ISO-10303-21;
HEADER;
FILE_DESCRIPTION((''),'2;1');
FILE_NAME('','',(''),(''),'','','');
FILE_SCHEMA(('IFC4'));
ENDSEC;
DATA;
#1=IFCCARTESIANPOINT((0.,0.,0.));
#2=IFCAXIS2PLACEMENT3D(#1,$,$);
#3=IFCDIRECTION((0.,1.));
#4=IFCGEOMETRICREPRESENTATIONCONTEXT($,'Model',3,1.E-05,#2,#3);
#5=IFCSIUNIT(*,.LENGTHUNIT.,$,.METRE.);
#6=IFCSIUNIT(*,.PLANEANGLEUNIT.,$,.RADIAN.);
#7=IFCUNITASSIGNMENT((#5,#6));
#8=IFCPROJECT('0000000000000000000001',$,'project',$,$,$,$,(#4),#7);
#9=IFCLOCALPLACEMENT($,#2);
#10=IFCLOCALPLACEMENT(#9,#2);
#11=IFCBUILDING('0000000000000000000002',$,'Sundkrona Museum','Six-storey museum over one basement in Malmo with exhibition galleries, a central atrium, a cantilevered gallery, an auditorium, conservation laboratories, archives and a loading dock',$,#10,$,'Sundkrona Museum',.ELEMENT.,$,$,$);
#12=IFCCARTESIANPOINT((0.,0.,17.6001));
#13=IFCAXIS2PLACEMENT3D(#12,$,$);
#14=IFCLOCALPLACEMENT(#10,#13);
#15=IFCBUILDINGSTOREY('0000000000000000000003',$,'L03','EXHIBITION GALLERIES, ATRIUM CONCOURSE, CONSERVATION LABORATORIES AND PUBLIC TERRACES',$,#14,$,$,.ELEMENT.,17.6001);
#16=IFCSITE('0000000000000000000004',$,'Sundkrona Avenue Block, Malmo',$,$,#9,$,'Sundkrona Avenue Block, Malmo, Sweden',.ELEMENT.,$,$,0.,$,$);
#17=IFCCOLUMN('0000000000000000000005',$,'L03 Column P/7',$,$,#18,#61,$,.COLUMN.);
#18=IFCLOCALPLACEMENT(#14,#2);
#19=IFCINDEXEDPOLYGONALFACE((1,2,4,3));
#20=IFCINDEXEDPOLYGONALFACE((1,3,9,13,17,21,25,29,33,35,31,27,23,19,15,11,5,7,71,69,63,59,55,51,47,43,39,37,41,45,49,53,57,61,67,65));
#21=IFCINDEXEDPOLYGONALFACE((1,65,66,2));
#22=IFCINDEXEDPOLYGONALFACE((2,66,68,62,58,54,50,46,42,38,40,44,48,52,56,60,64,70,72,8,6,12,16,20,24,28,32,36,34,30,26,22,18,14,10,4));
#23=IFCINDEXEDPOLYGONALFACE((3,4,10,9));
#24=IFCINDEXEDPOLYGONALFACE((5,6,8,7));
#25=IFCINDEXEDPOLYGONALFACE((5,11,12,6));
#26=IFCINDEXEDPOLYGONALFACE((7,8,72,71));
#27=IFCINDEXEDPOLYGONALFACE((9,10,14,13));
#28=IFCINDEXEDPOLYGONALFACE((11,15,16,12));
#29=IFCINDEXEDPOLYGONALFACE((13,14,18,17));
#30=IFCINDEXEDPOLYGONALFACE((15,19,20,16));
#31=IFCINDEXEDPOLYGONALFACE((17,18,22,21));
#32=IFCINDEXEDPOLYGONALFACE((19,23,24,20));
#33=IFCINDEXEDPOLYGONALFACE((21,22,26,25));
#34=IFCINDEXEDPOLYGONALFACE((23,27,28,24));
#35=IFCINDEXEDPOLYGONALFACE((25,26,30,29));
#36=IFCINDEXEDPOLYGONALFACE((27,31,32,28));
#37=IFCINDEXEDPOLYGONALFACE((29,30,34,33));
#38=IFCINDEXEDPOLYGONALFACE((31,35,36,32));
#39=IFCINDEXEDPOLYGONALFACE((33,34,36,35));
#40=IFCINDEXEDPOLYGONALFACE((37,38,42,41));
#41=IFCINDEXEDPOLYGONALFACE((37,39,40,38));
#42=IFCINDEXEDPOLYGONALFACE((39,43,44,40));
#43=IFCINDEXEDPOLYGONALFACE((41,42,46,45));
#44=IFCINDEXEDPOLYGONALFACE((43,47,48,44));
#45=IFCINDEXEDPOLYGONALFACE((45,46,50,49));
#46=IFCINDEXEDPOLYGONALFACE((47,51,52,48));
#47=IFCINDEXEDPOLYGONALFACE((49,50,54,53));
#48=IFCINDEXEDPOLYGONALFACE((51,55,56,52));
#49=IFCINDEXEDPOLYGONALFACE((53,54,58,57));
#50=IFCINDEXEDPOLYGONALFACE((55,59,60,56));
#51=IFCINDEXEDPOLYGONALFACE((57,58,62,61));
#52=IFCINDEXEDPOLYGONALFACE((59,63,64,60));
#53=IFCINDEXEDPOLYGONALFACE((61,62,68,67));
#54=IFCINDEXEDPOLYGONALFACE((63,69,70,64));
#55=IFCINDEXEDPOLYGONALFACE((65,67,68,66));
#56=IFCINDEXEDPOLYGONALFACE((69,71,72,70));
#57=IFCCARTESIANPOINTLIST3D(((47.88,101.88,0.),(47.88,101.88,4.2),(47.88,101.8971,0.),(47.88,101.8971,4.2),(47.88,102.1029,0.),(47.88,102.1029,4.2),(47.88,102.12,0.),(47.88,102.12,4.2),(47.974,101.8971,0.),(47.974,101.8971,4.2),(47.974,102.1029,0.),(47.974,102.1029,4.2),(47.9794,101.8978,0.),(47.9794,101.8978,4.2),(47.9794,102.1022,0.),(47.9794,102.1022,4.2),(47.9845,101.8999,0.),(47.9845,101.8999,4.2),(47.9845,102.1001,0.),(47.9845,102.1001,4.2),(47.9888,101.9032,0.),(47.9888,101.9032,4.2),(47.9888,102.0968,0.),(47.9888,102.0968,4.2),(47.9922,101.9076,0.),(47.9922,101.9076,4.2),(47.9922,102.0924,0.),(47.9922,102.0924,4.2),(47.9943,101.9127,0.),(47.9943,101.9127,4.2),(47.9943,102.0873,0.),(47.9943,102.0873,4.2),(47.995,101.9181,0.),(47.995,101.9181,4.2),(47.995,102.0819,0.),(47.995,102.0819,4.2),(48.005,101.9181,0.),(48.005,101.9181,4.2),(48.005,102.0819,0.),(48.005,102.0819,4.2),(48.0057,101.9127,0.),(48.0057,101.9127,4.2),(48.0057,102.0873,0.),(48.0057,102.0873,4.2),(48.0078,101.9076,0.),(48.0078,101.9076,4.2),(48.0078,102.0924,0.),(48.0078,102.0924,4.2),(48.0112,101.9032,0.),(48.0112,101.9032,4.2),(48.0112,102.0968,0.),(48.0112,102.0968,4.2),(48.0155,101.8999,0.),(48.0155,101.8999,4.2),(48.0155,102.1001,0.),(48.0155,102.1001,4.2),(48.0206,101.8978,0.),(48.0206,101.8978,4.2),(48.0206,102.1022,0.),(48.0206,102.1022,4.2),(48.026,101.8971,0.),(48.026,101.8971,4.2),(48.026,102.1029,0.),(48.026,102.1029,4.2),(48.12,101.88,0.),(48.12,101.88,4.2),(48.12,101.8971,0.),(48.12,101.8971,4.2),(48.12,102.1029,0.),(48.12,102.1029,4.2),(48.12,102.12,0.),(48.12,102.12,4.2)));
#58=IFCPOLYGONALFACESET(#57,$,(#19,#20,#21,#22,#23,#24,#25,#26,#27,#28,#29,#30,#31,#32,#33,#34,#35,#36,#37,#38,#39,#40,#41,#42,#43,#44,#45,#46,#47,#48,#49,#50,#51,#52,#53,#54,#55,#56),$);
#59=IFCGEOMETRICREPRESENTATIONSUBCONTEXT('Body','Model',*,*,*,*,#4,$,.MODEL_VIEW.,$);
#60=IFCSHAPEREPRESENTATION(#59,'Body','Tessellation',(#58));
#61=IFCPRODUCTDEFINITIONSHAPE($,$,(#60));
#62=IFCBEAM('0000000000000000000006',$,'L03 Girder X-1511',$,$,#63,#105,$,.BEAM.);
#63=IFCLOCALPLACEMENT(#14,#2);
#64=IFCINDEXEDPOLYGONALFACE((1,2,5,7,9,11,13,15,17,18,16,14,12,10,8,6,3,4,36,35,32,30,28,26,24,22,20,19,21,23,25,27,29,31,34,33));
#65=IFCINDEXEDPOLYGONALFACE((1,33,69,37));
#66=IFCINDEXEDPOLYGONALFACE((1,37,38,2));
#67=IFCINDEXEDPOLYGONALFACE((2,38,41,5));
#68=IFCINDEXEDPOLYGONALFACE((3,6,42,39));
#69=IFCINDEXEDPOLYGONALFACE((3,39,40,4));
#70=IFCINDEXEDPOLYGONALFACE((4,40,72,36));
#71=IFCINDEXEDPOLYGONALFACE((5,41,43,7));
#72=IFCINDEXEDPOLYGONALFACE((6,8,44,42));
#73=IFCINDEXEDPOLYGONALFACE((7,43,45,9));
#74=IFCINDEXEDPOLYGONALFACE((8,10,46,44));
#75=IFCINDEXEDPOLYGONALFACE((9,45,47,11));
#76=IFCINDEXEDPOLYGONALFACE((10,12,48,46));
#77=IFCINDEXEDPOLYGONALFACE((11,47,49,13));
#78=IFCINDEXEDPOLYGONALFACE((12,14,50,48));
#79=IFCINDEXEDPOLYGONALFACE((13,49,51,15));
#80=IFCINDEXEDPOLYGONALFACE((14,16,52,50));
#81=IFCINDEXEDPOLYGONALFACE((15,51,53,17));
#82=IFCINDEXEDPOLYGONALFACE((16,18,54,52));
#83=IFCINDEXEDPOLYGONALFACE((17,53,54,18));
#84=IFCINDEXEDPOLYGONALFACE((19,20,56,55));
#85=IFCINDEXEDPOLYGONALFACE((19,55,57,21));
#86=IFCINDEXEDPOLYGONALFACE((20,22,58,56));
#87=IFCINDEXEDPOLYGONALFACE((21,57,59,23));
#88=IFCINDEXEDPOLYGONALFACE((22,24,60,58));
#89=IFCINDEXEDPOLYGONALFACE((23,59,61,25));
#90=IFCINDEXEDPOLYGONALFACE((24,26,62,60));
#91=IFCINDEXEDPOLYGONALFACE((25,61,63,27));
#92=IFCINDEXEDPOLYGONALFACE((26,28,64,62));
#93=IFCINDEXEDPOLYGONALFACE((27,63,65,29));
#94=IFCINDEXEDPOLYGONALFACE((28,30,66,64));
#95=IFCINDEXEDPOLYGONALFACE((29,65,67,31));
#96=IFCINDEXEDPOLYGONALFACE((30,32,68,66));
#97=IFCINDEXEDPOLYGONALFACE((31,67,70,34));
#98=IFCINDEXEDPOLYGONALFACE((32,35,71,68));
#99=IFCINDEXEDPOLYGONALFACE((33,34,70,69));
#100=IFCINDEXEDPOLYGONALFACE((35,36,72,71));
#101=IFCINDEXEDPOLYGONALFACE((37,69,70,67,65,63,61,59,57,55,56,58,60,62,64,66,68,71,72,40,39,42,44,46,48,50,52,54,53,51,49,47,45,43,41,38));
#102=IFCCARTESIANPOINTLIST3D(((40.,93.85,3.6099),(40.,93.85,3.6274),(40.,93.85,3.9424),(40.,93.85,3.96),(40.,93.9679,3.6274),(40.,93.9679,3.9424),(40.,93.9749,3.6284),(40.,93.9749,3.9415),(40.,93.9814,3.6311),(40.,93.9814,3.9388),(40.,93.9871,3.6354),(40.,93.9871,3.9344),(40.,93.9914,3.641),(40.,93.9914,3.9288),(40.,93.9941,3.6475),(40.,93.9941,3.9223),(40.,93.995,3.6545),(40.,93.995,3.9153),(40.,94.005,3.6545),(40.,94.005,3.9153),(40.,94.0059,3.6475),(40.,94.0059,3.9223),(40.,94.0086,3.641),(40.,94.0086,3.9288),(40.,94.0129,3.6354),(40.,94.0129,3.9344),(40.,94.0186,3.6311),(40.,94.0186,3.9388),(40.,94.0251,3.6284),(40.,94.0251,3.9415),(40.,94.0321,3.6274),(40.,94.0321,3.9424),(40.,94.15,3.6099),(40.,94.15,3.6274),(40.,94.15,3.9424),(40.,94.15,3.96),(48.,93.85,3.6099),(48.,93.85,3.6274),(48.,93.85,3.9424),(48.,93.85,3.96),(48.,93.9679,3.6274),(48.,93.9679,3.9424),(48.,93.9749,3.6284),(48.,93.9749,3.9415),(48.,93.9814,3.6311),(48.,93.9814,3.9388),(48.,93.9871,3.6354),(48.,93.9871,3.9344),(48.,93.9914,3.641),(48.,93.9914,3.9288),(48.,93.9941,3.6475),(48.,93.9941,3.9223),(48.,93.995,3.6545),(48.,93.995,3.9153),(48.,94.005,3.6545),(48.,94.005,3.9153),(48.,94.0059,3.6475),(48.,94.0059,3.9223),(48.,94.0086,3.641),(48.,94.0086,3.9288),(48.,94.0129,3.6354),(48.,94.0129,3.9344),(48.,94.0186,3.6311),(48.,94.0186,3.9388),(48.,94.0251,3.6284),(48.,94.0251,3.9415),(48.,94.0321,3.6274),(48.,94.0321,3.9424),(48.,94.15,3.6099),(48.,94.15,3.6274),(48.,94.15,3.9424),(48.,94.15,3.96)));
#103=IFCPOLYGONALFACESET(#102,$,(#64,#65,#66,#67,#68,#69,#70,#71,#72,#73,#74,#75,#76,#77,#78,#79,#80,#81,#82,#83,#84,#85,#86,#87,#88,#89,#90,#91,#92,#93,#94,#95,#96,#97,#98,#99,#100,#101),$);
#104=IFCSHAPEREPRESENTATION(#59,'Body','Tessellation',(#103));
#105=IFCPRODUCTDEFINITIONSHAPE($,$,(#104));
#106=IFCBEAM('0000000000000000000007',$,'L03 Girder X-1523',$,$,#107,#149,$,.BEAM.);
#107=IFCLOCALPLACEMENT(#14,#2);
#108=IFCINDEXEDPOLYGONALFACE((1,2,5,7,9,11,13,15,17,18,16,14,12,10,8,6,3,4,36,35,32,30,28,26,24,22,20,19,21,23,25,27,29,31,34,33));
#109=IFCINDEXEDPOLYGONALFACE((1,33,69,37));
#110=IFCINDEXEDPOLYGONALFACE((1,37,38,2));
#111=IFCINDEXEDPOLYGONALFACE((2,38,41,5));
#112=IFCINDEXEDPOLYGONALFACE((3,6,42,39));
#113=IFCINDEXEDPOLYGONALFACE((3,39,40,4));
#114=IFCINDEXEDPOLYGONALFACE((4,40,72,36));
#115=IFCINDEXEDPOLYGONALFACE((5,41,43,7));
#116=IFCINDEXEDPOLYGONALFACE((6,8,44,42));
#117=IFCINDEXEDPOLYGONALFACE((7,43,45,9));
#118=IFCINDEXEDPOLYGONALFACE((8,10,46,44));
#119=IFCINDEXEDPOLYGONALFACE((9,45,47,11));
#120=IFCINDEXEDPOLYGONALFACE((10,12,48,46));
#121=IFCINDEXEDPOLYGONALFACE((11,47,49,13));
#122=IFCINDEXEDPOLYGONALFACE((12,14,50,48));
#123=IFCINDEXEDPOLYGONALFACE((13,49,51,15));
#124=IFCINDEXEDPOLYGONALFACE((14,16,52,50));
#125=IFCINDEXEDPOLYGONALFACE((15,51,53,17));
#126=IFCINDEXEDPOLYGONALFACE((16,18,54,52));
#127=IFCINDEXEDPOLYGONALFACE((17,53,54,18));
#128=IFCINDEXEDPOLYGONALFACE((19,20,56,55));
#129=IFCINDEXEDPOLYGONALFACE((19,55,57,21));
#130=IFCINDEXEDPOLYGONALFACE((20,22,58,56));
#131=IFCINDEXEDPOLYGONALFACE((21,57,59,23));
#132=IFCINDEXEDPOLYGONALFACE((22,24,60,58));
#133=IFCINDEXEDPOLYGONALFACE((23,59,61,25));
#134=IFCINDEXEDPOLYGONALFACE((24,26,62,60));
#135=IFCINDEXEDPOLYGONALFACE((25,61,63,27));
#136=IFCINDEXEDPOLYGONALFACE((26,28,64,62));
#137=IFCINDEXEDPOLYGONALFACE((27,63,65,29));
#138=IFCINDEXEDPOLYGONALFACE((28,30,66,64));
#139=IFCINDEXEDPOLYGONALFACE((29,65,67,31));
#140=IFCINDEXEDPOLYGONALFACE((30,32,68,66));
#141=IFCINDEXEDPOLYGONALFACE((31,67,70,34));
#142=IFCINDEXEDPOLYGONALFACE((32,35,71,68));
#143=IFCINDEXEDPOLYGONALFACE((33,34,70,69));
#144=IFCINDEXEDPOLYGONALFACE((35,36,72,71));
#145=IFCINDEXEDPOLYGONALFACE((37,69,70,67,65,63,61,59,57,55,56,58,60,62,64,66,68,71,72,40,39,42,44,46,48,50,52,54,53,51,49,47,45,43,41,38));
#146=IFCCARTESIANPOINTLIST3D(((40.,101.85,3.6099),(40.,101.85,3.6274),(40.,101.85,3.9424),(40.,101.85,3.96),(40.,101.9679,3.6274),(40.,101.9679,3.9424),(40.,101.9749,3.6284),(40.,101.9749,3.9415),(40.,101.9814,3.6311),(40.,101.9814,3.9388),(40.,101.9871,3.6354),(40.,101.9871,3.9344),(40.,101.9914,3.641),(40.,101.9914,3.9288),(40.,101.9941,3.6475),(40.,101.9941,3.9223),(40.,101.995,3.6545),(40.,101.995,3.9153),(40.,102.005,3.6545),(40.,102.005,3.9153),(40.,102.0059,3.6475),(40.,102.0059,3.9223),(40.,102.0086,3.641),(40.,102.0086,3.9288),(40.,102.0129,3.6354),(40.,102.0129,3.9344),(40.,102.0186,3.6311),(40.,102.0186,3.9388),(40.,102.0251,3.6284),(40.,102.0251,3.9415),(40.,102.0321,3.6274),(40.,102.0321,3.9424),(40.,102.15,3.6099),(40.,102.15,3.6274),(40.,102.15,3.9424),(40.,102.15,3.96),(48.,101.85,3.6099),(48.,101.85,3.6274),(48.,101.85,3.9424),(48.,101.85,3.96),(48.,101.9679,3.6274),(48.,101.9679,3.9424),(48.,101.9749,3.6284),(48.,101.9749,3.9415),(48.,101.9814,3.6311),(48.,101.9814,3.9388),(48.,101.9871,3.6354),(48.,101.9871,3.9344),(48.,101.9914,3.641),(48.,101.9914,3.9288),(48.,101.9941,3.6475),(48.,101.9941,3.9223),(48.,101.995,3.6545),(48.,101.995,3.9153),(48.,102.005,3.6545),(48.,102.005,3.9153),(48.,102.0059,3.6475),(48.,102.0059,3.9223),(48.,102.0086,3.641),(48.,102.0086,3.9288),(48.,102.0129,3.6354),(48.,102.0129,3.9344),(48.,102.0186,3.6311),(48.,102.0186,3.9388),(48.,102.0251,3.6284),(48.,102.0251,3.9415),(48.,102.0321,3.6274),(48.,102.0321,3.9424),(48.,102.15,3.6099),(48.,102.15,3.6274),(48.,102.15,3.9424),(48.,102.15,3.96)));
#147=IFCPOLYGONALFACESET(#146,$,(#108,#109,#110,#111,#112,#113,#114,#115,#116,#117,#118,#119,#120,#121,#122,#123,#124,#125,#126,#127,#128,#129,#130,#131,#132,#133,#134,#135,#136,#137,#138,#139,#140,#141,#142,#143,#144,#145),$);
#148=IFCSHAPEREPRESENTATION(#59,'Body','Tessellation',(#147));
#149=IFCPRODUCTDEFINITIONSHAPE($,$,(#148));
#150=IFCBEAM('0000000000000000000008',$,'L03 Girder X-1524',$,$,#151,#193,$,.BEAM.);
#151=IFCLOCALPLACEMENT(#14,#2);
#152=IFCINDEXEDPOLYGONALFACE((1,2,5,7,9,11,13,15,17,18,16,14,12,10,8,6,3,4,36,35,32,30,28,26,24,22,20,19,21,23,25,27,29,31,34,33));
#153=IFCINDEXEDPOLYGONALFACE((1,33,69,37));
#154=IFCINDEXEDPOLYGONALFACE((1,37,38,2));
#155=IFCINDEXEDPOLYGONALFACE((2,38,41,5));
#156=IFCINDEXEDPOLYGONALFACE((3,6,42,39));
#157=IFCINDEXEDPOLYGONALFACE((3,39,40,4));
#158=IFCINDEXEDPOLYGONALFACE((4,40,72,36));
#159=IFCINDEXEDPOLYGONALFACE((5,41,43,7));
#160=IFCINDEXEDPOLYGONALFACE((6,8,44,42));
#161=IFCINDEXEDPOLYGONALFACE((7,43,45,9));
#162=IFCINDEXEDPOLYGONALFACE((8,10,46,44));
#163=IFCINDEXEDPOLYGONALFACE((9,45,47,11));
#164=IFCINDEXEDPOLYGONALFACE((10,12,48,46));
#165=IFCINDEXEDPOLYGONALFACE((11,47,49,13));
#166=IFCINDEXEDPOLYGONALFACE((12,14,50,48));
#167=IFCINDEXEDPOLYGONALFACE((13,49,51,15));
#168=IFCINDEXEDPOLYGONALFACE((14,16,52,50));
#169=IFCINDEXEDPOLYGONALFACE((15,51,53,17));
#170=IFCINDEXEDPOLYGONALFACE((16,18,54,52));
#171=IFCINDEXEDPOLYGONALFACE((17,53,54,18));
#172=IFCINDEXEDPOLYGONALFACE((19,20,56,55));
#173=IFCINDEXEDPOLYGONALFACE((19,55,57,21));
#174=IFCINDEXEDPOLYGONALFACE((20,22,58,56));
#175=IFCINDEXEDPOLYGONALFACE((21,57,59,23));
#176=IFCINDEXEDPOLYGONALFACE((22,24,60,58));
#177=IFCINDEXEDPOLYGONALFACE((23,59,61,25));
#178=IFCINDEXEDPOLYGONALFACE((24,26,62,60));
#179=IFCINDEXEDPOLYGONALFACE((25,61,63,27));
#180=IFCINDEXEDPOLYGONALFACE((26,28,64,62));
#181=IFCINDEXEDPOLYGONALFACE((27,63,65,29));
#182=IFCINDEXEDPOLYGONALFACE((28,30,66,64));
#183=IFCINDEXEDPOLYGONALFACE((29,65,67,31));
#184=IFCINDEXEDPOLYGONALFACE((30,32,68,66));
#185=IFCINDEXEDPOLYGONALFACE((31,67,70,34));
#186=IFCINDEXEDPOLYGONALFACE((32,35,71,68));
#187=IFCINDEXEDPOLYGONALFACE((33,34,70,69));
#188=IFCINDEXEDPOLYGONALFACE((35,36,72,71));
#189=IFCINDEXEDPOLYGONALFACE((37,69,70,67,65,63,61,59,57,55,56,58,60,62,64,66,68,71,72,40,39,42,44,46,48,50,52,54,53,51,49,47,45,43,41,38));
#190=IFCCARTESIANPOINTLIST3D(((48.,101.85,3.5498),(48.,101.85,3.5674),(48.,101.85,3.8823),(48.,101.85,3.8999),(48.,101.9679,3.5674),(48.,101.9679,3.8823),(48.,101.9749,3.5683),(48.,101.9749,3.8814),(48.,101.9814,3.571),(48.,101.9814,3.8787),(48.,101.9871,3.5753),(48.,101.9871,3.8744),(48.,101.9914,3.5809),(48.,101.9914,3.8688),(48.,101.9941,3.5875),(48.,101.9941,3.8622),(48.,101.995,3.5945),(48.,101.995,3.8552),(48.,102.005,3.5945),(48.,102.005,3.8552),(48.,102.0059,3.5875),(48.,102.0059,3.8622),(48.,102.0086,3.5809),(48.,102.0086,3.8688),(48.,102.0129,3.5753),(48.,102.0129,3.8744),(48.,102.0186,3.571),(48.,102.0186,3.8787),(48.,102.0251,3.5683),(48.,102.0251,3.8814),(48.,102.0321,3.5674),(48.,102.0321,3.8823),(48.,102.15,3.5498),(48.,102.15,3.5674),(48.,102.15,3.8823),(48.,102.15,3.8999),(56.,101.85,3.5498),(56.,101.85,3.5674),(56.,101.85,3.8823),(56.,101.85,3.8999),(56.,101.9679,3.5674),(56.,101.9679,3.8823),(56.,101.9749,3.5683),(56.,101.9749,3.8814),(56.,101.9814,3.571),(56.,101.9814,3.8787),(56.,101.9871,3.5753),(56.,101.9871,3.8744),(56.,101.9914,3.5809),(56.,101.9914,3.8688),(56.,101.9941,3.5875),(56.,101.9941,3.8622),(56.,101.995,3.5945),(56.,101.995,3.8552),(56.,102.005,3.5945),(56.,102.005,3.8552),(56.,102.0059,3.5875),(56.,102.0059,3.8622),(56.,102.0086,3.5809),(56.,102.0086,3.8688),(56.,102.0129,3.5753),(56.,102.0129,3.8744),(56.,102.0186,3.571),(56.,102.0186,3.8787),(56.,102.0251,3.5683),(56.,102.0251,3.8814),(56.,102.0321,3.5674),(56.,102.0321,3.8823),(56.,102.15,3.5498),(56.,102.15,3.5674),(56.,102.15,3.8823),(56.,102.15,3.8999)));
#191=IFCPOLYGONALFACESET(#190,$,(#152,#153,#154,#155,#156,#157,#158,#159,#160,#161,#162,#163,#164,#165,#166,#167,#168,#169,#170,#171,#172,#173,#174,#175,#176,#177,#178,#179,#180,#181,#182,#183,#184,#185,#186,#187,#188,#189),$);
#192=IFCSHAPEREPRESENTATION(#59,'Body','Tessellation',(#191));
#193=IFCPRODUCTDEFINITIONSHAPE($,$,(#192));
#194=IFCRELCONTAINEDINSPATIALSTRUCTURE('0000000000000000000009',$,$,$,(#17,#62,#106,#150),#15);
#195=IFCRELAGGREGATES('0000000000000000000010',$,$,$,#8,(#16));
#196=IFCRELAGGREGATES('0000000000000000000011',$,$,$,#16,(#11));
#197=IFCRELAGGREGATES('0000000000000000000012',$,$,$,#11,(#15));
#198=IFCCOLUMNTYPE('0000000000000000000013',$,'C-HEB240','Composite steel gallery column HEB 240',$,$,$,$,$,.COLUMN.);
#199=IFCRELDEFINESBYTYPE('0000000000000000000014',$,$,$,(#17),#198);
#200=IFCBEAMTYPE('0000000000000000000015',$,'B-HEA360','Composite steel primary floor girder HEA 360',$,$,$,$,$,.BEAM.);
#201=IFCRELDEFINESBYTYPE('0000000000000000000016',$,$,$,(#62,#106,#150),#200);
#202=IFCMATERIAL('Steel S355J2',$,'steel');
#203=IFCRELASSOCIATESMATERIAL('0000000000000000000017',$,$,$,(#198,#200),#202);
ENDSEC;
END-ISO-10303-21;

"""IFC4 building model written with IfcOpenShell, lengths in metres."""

from ifc_helpers import new_model, si_unit, direction, frame, origin, origin_2d, place, context, subcontext, project, spatial, i_section, extrude, material, material_profile, profile_set, type_object, element, save


model = new_model("IFC4")

# Units and contexts
model_context = context("Model", 3, precision=1e-05, world=origin(), true_north=direction((0.0, 1.0)))
body_context = subcontext(model_context, "Body", "Model", "MODEL_VIEW")
ifc_project = project(units=[si_unit("LENGTHUNIT", "METRE"), si_unit("PLANEANGLEUNIT", "RADIAN")], contexts=[model_context])

# Site, building, storey
site_placement = place(None, origin())
site = spatial("IfcSite", under=ifc_project, at=site_placement, Name="Sundkrona Avenue Block, Malmo", LongName="Sundkrona Avenue Block, Malmo, Sweden", CompositionType="ELEMENT", RefElevation=0.0)
building_placement = place(site_placement, origin())
building = spatial("IfcBuilding", under=site, at=building_placement, Name="Sundkrona Museum", Description="Six-storey museum over one basement in Malmo with exhibition galleries, a central atrium, a cantilevered gallery, an auditorium, conservation laboratories, archives and a loading dock", LongName="Sundkrona Museum", CompositionType="ELEMENT")
storey_placement = place(building_placement, frame((0.0, 0.0, 17.6001)))
storey = spatial("IfcBuildingStorey", under=building, at=storey_placement, Name="L03", Description="EXHIBITION GALLERIES, ATRIUM CONCOURSE, CONSERVATION LABORATORIES AND PUBLIC TERRACES", CompositionType="ELEMENT", Elevation=17.6001)

# Column
ifc_material_1 = material(Name="Steel S355J2", Category="steel")
ifc_material_profile_1 = material_profile(ifc_material_1, i_section(OverallWidth=0.24, OverallDepth=0.24, WebThickness=0.01, FlangeThickness=0.0171, FilletRadius=0.021, at=origin_2d()), Name="HEB 240")
ifc_profile_set_1 = profile_set([ifc_material_profile_1], Name="Steel S355J2")
column_type = type_object("IfcColumnType", Name="C-HEB240", Description="Composite steel gallery column HEB 240", PredefinedType="COLUMN", material=ifc_profile_set_1)
for number, where, z_axis, x_axis, name in (
    (1, (48.0, 102.0, 0.0), (0.0, 0.0, 1.0), (1.0, 0.0, 0.0), "L03 Column P/7"),
):
    element("IfcColumn", number, at=place(storey_placement, frame(where, z_axis=z_axis, x_axis=x_axis)), inside=storey, type_object=column_type, Name=name, PredefinedType="COLUMN", context=body_context, shape_type="SweptSolid", body=[
        extrude(i_section(OverallWidth=0.24, OverallDepth=0.24, WebThickness=0.01, FlangeThickness=0.0171, FilletRadius=0.021, at=origin_2d()), origin(), (0.0, 0.0, 1.0), 4.2),
    ])

# Beams
ifc_material_profile_2 = material_profile(ifc_material_1, i_section(OverallWidth=0.3, OverallDepth=0.3501, WebThickness=0.01, FlangeThickness=0.0176, FilletRadius=0.0271, at=origin_2d()), Name="HEA 360")
ifc_profile_set_2 = profile_set([ifc_material_profile_2], Name="Steel S355J2")
beam_type_1 = type_object("IfcBeamType", Name="B-HEA360", Description="Composite steel primary floor girder HEA 360", PredefinedType="BEAM", material=ifc_profile_set_2)
for number, where, z_axis, x_axis, name in (
    (2, (40.0, 94.0, 3.7849), (1.0, 0.0, 0.0), (0.0, 1.0, 0.0), "L03 Girder X-1511"),
    (3, (40.0, 102.0, 3.7849), (1.0, 0.0, 0.0), (0.0, 1.0, 0.0), "L03 Girder X-1523"),
    (4, (48.0, 102.0, 3.7249), (1.0, 0.0, 0.0), (0.0, 1.0, 0.0), "L03 Girder X-1524"),
):
    element("IfcBeam", number, at=place(storey_placement, frame(where, z_axis=z_axis, x_axis=x_axis)), inside=storey, type_object=beam_type_1, Name=name, PredefinedType="BEAM", context=body_context, shape_type="SweptSolid", body=[
        extrude(i_section(OverallWidth=0.3, OverallDepth=0.3501, WebThickness=0.01, FlangeThickness=0.0176, FilletRadius=0.0271, at=origin_2d()), origin(), (0.0, 0.0, 1.0), 8.0),
    ])

save(model, "model.ifc")
